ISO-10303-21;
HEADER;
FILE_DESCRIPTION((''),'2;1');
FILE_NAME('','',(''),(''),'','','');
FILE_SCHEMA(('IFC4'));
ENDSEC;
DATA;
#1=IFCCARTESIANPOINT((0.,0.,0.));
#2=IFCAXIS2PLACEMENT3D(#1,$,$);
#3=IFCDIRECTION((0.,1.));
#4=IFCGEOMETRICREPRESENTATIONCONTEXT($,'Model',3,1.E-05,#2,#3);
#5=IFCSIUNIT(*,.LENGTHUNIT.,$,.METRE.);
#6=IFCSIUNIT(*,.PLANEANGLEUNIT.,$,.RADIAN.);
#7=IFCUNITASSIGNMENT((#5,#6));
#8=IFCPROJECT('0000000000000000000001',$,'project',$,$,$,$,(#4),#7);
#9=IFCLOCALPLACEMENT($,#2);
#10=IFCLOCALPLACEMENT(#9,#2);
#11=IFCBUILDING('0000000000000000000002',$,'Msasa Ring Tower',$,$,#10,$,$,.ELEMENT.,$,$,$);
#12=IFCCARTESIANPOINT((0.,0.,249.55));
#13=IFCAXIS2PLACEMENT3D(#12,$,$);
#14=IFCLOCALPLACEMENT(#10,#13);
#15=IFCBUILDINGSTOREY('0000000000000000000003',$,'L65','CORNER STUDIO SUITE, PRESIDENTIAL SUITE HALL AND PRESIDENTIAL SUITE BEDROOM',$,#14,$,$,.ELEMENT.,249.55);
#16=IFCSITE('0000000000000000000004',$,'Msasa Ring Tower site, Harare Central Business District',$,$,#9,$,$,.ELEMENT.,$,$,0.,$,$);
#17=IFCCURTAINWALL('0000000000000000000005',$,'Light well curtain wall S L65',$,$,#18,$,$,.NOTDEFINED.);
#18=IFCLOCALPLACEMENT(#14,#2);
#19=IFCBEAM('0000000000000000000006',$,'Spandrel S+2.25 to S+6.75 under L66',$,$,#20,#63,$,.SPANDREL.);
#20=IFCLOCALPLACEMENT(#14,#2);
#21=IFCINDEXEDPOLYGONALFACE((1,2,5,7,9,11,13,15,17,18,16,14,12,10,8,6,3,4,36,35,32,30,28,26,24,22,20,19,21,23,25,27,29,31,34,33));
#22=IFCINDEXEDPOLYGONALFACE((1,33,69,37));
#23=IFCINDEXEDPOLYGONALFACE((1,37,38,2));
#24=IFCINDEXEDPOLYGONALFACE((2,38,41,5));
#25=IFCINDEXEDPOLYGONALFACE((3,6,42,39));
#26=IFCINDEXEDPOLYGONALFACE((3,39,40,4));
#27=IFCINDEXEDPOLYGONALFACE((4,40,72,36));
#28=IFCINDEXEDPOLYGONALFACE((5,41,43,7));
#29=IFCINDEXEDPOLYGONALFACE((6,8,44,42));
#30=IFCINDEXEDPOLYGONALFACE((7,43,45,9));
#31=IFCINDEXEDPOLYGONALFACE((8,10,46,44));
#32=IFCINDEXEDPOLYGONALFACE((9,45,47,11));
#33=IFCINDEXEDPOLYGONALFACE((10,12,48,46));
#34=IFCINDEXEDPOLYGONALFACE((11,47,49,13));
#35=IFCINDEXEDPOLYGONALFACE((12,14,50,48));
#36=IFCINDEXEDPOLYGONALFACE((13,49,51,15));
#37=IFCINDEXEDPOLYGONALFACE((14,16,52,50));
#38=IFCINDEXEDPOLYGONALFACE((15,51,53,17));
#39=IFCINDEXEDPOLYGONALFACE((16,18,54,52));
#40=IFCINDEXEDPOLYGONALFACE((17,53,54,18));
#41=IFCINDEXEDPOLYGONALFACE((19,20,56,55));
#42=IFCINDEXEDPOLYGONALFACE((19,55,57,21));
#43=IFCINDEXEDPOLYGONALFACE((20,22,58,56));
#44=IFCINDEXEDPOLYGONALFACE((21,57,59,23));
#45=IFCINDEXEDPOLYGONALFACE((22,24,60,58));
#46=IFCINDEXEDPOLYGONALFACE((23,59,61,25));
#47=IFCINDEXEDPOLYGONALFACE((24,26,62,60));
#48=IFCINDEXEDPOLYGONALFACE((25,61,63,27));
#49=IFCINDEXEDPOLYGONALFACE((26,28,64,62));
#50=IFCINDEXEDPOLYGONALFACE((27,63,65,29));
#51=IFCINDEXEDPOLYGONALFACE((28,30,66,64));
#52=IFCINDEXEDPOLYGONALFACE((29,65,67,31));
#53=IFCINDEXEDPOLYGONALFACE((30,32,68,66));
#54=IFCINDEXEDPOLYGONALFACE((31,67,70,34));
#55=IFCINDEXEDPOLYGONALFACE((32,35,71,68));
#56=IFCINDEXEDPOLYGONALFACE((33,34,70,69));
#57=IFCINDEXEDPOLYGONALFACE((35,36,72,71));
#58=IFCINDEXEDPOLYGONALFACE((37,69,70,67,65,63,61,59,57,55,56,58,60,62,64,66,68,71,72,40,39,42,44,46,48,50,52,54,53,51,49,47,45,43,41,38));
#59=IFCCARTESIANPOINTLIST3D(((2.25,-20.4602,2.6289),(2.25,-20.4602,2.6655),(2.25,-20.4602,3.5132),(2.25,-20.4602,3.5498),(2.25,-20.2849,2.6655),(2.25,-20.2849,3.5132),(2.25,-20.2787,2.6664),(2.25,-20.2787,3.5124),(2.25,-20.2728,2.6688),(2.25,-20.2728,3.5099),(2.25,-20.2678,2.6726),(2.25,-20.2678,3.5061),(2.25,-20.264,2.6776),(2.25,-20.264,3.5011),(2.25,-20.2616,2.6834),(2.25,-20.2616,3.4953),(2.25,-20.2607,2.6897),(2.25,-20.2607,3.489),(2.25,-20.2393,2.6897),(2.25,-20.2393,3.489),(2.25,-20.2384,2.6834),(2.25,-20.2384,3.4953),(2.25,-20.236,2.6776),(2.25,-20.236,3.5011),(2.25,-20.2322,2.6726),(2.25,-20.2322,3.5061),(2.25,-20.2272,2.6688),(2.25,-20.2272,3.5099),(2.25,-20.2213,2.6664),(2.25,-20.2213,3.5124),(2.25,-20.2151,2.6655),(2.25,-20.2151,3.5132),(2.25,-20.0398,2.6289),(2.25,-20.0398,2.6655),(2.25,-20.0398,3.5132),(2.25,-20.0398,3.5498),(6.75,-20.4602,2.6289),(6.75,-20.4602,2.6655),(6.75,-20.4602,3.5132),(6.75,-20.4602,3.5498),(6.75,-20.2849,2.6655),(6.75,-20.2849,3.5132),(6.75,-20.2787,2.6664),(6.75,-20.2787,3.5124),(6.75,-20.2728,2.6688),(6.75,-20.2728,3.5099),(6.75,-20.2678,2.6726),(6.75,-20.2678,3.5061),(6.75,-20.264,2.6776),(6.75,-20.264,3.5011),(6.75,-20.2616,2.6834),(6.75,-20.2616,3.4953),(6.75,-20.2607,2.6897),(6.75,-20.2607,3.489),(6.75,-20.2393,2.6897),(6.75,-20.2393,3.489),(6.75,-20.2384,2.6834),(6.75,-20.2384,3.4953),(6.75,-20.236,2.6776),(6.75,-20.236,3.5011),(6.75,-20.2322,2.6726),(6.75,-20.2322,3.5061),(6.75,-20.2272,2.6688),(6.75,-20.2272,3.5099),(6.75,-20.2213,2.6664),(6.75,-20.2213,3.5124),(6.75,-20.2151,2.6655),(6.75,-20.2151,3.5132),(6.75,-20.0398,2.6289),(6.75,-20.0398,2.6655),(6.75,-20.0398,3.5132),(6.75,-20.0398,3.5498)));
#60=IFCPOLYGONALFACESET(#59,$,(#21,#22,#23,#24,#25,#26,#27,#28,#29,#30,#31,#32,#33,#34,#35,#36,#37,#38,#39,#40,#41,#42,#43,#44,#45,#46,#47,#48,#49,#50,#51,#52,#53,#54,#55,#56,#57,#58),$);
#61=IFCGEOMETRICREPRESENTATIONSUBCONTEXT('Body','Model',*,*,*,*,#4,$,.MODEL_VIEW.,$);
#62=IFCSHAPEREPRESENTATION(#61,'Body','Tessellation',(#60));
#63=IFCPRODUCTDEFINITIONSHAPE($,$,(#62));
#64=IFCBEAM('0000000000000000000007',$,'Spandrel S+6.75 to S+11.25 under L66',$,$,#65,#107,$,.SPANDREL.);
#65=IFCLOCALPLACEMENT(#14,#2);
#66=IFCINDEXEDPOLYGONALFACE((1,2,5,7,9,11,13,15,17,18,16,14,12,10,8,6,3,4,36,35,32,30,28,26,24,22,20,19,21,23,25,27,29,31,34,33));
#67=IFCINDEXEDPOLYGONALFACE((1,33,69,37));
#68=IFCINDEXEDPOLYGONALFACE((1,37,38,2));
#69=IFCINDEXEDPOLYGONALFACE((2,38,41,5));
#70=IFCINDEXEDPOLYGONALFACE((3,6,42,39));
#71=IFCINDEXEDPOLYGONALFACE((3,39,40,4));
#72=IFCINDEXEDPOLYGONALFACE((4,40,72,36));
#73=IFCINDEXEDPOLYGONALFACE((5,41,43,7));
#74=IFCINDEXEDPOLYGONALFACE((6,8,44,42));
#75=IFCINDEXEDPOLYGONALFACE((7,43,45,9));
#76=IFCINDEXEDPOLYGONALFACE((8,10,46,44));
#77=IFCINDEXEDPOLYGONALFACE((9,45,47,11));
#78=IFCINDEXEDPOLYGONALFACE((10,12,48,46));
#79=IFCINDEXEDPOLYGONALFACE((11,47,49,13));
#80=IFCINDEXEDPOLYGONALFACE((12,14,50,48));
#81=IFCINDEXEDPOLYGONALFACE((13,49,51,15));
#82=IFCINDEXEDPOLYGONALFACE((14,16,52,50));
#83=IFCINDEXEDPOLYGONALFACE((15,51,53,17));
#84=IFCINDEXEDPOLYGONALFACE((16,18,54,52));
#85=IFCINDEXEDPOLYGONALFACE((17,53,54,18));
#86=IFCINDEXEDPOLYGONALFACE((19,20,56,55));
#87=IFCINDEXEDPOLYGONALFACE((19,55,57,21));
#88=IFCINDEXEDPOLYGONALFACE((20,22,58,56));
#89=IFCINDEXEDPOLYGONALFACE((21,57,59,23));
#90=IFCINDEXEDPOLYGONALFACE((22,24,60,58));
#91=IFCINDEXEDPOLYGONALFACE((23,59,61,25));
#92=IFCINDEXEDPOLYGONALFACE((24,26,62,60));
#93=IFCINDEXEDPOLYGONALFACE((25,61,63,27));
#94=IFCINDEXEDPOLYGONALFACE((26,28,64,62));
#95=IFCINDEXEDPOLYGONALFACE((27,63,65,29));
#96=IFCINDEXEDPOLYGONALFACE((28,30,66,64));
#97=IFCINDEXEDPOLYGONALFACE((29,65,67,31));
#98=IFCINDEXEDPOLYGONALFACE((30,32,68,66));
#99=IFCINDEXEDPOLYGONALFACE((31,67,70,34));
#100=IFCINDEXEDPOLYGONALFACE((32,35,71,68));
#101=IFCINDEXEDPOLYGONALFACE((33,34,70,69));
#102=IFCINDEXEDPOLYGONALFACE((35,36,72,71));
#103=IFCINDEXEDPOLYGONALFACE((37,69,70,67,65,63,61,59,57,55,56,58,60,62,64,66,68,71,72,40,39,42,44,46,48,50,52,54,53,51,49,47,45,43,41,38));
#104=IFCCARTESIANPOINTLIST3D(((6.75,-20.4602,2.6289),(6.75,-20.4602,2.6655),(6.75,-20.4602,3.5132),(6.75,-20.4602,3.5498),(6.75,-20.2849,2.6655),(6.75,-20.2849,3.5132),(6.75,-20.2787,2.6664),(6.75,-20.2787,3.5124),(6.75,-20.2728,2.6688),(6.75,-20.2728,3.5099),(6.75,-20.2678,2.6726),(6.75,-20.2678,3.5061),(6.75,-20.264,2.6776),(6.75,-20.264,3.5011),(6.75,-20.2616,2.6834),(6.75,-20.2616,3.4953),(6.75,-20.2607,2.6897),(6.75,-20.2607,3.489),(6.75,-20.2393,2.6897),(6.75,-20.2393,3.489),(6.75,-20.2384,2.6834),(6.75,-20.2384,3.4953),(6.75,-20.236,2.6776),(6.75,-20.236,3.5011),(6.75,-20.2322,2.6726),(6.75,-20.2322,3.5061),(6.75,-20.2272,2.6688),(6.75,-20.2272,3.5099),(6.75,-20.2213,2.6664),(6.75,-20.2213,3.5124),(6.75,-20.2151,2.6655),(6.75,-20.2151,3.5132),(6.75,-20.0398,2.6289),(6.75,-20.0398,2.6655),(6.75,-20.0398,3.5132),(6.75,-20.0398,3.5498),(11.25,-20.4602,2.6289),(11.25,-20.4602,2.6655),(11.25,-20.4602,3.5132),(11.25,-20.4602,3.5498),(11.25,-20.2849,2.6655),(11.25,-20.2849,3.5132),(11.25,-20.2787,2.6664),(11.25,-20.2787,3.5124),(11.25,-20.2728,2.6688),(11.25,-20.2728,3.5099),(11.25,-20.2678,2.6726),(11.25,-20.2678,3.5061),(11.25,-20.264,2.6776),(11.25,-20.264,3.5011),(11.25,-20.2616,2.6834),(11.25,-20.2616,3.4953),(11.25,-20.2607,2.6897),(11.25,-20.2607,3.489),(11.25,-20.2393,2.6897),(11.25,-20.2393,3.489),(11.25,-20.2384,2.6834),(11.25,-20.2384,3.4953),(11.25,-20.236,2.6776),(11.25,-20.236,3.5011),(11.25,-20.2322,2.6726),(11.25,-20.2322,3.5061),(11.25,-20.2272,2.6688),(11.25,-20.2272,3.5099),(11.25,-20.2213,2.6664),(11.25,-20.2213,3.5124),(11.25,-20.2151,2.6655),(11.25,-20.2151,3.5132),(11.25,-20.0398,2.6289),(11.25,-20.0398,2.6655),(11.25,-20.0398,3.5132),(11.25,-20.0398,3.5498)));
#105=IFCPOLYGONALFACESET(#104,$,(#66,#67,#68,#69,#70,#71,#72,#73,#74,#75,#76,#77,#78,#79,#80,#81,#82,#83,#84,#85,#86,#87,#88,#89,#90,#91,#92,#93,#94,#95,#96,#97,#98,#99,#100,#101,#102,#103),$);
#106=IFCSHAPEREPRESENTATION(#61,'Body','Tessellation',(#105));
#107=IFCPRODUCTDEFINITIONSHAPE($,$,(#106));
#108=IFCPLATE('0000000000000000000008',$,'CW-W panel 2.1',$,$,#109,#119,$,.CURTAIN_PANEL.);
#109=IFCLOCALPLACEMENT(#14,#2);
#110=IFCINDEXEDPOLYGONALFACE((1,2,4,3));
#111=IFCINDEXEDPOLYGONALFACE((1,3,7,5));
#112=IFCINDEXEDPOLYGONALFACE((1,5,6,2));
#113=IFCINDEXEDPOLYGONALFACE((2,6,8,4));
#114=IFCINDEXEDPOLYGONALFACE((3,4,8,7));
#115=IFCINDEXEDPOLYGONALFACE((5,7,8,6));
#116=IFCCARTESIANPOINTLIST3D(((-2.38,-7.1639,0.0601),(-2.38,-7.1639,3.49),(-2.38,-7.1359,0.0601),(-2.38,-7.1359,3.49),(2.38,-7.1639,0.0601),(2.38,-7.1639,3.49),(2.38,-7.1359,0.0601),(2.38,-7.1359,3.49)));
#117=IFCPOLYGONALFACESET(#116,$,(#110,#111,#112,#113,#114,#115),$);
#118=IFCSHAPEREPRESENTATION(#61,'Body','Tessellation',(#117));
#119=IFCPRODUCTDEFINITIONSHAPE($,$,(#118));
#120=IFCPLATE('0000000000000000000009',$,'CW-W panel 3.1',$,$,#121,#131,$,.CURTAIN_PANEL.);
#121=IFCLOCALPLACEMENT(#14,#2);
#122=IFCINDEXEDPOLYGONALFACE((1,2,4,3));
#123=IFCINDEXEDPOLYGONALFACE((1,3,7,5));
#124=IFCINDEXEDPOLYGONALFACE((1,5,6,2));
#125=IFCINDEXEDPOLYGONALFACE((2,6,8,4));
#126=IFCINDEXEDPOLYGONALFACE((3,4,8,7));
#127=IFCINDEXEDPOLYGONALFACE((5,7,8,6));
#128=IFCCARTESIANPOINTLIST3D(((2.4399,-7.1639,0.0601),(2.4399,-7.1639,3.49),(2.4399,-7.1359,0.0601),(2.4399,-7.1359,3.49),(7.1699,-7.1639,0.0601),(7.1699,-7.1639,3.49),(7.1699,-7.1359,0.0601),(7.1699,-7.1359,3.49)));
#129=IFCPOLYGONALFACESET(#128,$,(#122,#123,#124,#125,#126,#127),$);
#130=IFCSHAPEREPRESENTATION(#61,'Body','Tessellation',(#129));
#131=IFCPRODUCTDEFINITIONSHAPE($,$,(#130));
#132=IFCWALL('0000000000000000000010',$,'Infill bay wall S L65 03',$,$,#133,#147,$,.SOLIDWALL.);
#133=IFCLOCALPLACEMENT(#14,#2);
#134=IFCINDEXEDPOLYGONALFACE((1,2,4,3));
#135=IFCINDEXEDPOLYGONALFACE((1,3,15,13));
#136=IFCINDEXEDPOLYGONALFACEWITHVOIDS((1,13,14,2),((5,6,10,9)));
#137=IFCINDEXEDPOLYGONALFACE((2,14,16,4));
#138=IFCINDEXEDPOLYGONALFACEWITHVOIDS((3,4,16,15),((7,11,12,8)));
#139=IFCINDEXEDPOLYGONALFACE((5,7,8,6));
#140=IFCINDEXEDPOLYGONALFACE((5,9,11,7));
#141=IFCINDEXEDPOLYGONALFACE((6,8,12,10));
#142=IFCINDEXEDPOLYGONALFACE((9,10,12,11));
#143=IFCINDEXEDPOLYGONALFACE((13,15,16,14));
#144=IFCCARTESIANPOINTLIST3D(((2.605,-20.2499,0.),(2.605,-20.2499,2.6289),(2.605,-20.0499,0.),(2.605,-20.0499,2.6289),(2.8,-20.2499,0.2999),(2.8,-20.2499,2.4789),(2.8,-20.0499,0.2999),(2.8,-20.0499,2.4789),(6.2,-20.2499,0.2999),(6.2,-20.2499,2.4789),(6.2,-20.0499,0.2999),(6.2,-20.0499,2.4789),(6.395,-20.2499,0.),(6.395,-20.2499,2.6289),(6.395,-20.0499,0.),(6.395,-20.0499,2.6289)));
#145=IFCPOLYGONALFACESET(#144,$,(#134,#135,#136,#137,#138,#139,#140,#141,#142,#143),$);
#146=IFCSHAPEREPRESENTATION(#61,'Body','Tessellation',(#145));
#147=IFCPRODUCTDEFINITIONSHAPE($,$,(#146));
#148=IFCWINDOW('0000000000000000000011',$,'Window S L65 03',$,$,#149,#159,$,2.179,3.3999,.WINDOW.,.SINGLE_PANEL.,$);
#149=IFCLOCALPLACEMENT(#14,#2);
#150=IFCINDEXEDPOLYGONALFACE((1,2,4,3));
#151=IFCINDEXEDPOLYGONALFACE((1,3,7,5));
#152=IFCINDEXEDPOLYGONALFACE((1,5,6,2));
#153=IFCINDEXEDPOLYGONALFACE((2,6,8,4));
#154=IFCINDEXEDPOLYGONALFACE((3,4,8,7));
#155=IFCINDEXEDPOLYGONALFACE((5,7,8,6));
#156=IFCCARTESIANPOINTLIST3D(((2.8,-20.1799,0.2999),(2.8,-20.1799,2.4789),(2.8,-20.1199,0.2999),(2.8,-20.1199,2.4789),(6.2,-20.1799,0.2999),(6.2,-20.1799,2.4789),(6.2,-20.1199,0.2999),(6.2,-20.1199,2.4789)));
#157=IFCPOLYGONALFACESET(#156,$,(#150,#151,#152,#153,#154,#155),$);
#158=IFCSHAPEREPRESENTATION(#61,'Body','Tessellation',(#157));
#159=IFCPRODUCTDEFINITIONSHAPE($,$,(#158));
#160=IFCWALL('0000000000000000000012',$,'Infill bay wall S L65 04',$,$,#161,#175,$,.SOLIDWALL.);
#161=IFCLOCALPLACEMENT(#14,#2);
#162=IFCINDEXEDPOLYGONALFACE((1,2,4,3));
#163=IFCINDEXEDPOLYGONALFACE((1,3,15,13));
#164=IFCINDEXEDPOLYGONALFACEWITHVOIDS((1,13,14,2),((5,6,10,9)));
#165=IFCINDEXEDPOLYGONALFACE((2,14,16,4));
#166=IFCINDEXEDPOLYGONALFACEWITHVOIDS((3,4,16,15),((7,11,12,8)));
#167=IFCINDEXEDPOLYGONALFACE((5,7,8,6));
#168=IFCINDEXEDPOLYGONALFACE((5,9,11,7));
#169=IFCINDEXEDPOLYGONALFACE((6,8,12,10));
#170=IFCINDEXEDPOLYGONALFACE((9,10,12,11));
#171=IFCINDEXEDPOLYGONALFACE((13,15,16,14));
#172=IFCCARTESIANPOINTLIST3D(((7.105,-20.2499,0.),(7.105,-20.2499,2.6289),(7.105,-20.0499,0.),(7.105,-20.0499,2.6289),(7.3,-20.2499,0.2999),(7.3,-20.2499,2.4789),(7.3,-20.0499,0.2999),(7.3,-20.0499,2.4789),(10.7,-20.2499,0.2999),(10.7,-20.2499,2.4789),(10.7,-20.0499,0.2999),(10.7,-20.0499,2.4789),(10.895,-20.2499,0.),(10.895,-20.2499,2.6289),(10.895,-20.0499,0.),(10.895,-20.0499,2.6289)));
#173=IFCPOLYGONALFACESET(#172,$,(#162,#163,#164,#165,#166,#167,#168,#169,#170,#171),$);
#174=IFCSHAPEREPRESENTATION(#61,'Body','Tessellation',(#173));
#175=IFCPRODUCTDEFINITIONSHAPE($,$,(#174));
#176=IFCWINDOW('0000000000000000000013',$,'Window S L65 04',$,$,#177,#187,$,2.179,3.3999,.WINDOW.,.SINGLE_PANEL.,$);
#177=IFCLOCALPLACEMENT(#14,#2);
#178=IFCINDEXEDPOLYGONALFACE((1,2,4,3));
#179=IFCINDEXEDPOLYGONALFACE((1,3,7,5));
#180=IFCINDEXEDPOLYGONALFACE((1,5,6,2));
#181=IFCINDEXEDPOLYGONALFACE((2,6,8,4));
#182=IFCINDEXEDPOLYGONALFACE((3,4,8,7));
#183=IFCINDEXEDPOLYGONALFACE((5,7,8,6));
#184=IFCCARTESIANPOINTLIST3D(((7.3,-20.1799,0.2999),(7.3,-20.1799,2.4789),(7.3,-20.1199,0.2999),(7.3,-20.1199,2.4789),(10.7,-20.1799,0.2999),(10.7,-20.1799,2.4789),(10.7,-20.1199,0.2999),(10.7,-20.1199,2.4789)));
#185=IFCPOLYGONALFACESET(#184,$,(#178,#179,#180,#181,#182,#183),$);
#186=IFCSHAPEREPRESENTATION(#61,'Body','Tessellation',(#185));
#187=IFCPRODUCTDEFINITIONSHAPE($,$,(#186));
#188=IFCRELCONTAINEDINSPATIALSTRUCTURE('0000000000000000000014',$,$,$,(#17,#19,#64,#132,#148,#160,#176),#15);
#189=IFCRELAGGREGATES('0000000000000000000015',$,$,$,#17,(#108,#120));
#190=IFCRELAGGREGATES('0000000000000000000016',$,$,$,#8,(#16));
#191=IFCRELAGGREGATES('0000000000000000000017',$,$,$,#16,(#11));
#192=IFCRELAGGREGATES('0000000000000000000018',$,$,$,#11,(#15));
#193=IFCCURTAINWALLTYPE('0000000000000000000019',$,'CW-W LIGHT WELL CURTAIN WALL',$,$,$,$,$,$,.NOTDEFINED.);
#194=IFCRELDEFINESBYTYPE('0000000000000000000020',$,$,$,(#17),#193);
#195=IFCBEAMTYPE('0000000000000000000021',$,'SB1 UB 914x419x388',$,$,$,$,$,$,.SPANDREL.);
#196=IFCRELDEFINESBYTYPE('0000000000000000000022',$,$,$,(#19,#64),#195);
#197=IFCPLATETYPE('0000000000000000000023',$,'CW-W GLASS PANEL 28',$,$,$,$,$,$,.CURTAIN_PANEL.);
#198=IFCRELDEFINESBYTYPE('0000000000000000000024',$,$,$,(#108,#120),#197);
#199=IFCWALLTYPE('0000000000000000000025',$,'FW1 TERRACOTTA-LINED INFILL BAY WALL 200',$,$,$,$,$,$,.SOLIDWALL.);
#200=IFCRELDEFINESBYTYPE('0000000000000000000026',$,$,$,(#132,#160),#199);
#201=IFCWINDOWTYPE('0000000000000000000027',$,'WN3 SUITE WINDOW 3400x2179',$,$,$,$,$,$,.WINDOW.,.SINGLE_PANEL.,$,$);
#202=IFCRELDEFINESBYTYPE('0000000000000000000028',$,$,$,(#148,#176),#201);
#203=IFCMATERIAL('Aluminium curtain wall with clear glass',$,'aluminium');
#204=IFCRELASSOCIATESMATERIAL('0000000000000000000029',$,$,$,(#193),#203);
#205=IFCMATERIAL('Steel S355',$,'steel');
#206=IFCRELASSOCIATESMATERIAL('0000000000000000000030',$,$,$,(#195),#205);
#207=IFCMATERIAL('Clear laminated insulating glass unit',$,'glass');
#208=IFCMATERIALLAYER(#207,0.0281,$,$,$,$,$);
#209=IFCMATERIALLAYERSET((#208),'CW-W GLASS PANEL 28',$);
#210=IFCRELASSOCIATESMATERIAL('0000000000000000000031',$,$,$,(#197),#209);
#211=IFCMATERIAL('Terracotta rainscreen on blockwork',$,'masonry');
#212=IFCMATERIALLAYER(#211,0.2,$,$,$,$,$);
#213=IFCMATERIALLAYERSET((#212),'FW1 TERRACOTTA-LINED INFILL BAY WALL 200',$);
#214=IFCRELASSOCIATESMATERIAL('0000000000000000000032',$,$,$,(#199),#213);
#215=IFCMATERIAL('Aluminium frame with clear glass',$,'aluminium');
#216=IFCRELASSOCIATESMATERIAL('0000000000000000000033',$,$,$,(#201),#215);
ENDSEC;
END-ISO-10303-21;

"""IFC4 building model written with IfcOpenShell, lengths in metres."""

from ifc_helpers import new_model, si_unit, direction, frame, frame_2d, origin, origin_2d, place, context, subcontext, project, spatial, rectangle, i_section, extrude, material, layer, layer_set, material_profile, profile_set, type_object, element, fill, aggregate, save


model = new_model("IFC4")

# Units and contexts
model_context = context("Model", 3, precision=1e-05, world=origin(), true_north=direction((0.0, 1.0)))
body_context = subcontext(model_context, "Body", "Model", "MODEL_VIEW")
ifc_project = project(units=[si_unit("LENGTHUNIT", "METRE"), si_unit("PLANEANGLEUNIT", "RADIAN")], contexts=[model_context])

# Site, building, storey
site_placement = place(None, origin())
site = spatial("IfcSite", under=ifc_project, at=site_placement, Name="Msasa Ring Tower site, Harare Central Business District", CompositionType="ELEMENT", RefElevation=0.0)
building_placement = place(site_placement, origin())
building = spatial("IfcBuilding", under=site, at=building_placement, Name="Msasa Ring Tower", CompositionType="ELEMENT")
storey_placement = place(building_placement, frame((0.0, 0.0, 249.55)))
storey = spatial("IfcBuildingStorey", under=building, at=storey_placement, Name="L65", Description="CORNER STUDIO SUITE, PRESIDENTIAL SUITE HALL AND PRESIDENTIAL SUITE BEDROOM", CompositionType="ELEMENT", Elevation=249.55)

# Curtain wall
ifc_material_1 = material(Name="Aluminium curtain wall with clear glass", Category="aluminium")
curtain_wall_type = type_object("IfcCurtainWallType", Name="CW-W LIGHT WELL CURTAIN WALL", PredefinedType="NOTDEFINED", material=ifc_material_1)
curtain_wall_1_placement = place(storey_placement, origin())
curtain_wall_1 = element("IfcCurtainWall", 1, at=curtain_wall_1_placement, inside=storey, type_object=curtain_wall_type, Name="Light well curtain wall S L65", PredefinedType="NOTDEFINED")

# Beams
ifc_material_2 = material(Name="Steel S355", Category="steel")
ifc_material_profile_1 = material_profile(ifc_material_2, i_section(OverallWidth=0.4204, OverallDepth=0.9209, WebThickness=0.0215, FlangeThickness=0.0366, FilletRadius=0.0242, at=origin_2d()), Name="UB 914x419x388")
ifc_profile_set_1 = profile_set([ifc_material_profile_1], Name="Steel S355")
beam_type_1 = type_object("IfcBeamType", Name="SB1 UB 914x419x388", PredefinedType="SPANDREL", material=ifc_profile_set_1)
for number, where, z_axis, x_axis, name in (
    (2, (2.25, -20.25, 3.0894), (1.0, 0.0, 0.0), (0.0, 1.0, 0.0), "Spandrel S+2.25 to S+6.75 under L66"),
    (3, (6.75, -20.25, 3.0894), (1.0, 0.0, 0.0), (0.0, 1.0, 0.0), "Spandrel S+6.75 to S+11.25 under L66"),
):
    element("IfcBeam", number, at=place(storey_placement, frame(where, z_axis=z_axis, x_axis=x_axis)), inside=storey, type_object=beam_type_1, Name=name, PredefinedType="SPANDREL", context=body_context, shape_type="SweptSolid", body=[
        extrude(i_section(OverallWidth=0.4204, OverallDepth=0.9209, WebThickness=0.0215, FlangeThickness=0.0366, FilletRadius=0.0242, at=origin_2d()), origin(), (0.0, 0.0, 1.0), 4.5),
    ])

# Plates
ifc_material_3 = material(Name="Clear laminated insulating glass unit", Category="glass")
ifc_layer_1 = layer(ifc_material_3, 0.0281)
ifc_layer_set_1 = layer_set([ifc_layer_1], Name="CW-W GLASS PANEL 28")
plate_type = type_object("IfcPlateType", Name="CW-W GLASS PANEL 28", PredefinedType="CURTAIN_PANEL", material=ifc_layer_set_1)
plate_1_placement = place(storey_placement, frame((0.0, -7.1499, 0.0601), z_axis=(0.0, 0.0, 1.0), x_axis=(1.0, 0.0, 0.0)))
plate_1 = element("IfcPlate", 4, at=plate_1_placement, type_object=plate_type, Name="CW-W panel 2.1", PredefinedType="CURTAIN_PANEL", context=body_context, shape_type="SweptSolid", body=[
    extrude(rectangle(XDim=4.76, YDim=0.0281, at=origin_2d()), origin(), (0.0, 0.0, 1.0), 3.4299),
])
plate_2_placement = place(storey_placement, frame((4.8049, -7.1499, 0.0601), z_axis=(0.0, 0.0, 1.0), x_axis=(1.0, 0.0, 0.0)))
plate_2 = element("IfcPlate", 5, at=plate_2_placement, type_object=plate_type, Name="CW-W panel 3.1", PredefinedType="CURTAIN_PANEL", context=body_context, shape_type="SweptSolid", body=[
    extrude(rectangle(XDim=4.73, YDim=0.0281, at=origin_2d()), origin(), (0.0, 0.0, 1.0), 3.4299),
])
aggregate(curtain_wall_1, [plate_1, plate_2])

# Walls, openings, windows
ifc_material_4 = material(Name="Terracotta rainscreen on blockwork", Category="masonry")
ifc_layer_2 = layer(ifc_material_4, 0.2)
ifc_layer_set_2 = layer_set([ifc_layer_2], Name="FW1 TERRACOTTA-LINED INFILL BAY WALL 200")
wall_type_1 = type_object("IfcWallType", Name="FW1 TERRACOTTA-LINED INFILL BAY WALL 200", PredefinedType="SOLIDWALL", material=ifc_layer_set_2)
wall_1_placement = place(storey_placement, frame((2.605, -20.1499, 0.0), z_axis=(0.0, 0.0, 1.0), x_axis=(1.0, 0.0, 0.0)))
wall_1 = element("IfcWall", 6, at=wall_1_placement, inside=storey, type_object=wall_type_1, Name="Infill bay wall S L65 03", PredefinedType="SOLIDWALL", context=body_context, shape_type="SweptSolid", body=[
    extrude(rectangle(XDim=3.79, YDim=0.2, at=frame_2d((1.895, 0.0))), origin(), (0.0, 0.0, 1.0), 2.6289),
])
opening_1_placement = place(wall_1_placement, frame((0.1951, 0.0, 0.3)))
opening_1 = element("IfcOpeningElement", 7, at=opening_1_placement, cuts=wall_1, PredefinedType="OPENING", context=body_context, shape_type="SweptSolid", body=[
    extrude(rectangle(XDim=3.3999, YDim=2.179, at=frame_2d((1.7, 1.0894))), frame((0.0, 0.1099, 0.0), z_axis=(0.0, -1.0, 0.0), x_axis=(1.0, 0.0, 0.0)), (0.0, 0.0, 1.0), 0.22),
])
ifc_material_5 = material(Name="Aluminium frame with clear glass", Category="aluminium")
window_type = type_object("IfcWindowType", Name="WN3 SUITE WINDOW 3400x2179", PartitioningType="SINGLE_PANEL", PredefinedType="WINDOW", material=ifc_material_5)
window_1_placement = place(opening_1_placement, origin())
window_1 = element("IfcWindow", 8, at=window_1_placement, inside=storey, type_object=window_type, Name="Window S L65 03", OverallHeight=2.179, OverallWidth=3.3999, PartitioningType="SINGLE_PANEL", PredefinedType="WINDOW", context=body_context, shape_type="SweptSolid", body=[
    extrude(rectangle(XDim=3.3999, YDim=2.179, at=frame_2d((1.7, 1.0894))), frame((0.0, 0.03, 0.0), z_axis=(0.0, -1.0, 0.0), x_axis=(1.0, 0.0, 0.0)), (0.0, 0.0, 1.0), 0.0601),
])
fill(opening_1, window_1)
wall_2_placement = place(storey_placement, frame((7.105, -20.1499, 0.0), z_axis=(0.0, 0.0, 1.0), x_axis=(1.0, 0.0, 0.0)))
wall_2 = element("IfcWall", 9, at=wall_2_placement, inside=storey, type_object=wall_type_1, Name="Infill bay wall S L65 04", PredefinedType="SOLIDWALL", context=body_context, shape_type="SweptSolid", body=[
    extrude(rectangle(XDim=3.79, YDim=0.2, at=frame_2d((1.895, 0.0))), origin(), (0.0, 0.0, 1.0), 2.6289),
])
opening_2_placement = place(wall_2_placement, frame((0.1951, 0.0, 0.3)))
opening_2 = element("IfcOpeningElement", 10, at=opening_2_placement, cuts=wall_2, PredefinedType="OPENING", context=body_context, shape_type="SweptSolid", body=[
    extrude(rectangle(XDim=3.3999, YDim=2.179, at=frame_2d((1.7, 1.0894))), frame((0.0, 0.1099, 0.0), z_axis=(0.0, -1.0, 0.0), x_axis=(1.0, 0.0, 0.0)), (0.0, 0.0, 1.0), 0.22),
])
window_2_placement = place(opening_2_placement, origin())
window_2 = element("IfcWindow", 11, at=window_2_placement, inside=storey, type_object=window_type, Name="Window S L65 04", OverallHeight=2.179, OverallWidth=3.3999, PartitioningType="SINGLE_PANEL", PredefinedType="WINDOW", context=body_context, shape_type="SweptSolid", body=[
    extrude(rectangle(XDim=3.3999, YDim=2.179, at=frame_2d((1.7, 1.0894))), frame((0.0, 0.03, 0.0), z_axis=(0.0, -1.0, 0.0), x_axis=(1.0, 0.0, 0.0)), (0.0, 0.0, 1.0), 0.0601),
])
fill(opening_2, window_2)

save(model, "model.ifc")
